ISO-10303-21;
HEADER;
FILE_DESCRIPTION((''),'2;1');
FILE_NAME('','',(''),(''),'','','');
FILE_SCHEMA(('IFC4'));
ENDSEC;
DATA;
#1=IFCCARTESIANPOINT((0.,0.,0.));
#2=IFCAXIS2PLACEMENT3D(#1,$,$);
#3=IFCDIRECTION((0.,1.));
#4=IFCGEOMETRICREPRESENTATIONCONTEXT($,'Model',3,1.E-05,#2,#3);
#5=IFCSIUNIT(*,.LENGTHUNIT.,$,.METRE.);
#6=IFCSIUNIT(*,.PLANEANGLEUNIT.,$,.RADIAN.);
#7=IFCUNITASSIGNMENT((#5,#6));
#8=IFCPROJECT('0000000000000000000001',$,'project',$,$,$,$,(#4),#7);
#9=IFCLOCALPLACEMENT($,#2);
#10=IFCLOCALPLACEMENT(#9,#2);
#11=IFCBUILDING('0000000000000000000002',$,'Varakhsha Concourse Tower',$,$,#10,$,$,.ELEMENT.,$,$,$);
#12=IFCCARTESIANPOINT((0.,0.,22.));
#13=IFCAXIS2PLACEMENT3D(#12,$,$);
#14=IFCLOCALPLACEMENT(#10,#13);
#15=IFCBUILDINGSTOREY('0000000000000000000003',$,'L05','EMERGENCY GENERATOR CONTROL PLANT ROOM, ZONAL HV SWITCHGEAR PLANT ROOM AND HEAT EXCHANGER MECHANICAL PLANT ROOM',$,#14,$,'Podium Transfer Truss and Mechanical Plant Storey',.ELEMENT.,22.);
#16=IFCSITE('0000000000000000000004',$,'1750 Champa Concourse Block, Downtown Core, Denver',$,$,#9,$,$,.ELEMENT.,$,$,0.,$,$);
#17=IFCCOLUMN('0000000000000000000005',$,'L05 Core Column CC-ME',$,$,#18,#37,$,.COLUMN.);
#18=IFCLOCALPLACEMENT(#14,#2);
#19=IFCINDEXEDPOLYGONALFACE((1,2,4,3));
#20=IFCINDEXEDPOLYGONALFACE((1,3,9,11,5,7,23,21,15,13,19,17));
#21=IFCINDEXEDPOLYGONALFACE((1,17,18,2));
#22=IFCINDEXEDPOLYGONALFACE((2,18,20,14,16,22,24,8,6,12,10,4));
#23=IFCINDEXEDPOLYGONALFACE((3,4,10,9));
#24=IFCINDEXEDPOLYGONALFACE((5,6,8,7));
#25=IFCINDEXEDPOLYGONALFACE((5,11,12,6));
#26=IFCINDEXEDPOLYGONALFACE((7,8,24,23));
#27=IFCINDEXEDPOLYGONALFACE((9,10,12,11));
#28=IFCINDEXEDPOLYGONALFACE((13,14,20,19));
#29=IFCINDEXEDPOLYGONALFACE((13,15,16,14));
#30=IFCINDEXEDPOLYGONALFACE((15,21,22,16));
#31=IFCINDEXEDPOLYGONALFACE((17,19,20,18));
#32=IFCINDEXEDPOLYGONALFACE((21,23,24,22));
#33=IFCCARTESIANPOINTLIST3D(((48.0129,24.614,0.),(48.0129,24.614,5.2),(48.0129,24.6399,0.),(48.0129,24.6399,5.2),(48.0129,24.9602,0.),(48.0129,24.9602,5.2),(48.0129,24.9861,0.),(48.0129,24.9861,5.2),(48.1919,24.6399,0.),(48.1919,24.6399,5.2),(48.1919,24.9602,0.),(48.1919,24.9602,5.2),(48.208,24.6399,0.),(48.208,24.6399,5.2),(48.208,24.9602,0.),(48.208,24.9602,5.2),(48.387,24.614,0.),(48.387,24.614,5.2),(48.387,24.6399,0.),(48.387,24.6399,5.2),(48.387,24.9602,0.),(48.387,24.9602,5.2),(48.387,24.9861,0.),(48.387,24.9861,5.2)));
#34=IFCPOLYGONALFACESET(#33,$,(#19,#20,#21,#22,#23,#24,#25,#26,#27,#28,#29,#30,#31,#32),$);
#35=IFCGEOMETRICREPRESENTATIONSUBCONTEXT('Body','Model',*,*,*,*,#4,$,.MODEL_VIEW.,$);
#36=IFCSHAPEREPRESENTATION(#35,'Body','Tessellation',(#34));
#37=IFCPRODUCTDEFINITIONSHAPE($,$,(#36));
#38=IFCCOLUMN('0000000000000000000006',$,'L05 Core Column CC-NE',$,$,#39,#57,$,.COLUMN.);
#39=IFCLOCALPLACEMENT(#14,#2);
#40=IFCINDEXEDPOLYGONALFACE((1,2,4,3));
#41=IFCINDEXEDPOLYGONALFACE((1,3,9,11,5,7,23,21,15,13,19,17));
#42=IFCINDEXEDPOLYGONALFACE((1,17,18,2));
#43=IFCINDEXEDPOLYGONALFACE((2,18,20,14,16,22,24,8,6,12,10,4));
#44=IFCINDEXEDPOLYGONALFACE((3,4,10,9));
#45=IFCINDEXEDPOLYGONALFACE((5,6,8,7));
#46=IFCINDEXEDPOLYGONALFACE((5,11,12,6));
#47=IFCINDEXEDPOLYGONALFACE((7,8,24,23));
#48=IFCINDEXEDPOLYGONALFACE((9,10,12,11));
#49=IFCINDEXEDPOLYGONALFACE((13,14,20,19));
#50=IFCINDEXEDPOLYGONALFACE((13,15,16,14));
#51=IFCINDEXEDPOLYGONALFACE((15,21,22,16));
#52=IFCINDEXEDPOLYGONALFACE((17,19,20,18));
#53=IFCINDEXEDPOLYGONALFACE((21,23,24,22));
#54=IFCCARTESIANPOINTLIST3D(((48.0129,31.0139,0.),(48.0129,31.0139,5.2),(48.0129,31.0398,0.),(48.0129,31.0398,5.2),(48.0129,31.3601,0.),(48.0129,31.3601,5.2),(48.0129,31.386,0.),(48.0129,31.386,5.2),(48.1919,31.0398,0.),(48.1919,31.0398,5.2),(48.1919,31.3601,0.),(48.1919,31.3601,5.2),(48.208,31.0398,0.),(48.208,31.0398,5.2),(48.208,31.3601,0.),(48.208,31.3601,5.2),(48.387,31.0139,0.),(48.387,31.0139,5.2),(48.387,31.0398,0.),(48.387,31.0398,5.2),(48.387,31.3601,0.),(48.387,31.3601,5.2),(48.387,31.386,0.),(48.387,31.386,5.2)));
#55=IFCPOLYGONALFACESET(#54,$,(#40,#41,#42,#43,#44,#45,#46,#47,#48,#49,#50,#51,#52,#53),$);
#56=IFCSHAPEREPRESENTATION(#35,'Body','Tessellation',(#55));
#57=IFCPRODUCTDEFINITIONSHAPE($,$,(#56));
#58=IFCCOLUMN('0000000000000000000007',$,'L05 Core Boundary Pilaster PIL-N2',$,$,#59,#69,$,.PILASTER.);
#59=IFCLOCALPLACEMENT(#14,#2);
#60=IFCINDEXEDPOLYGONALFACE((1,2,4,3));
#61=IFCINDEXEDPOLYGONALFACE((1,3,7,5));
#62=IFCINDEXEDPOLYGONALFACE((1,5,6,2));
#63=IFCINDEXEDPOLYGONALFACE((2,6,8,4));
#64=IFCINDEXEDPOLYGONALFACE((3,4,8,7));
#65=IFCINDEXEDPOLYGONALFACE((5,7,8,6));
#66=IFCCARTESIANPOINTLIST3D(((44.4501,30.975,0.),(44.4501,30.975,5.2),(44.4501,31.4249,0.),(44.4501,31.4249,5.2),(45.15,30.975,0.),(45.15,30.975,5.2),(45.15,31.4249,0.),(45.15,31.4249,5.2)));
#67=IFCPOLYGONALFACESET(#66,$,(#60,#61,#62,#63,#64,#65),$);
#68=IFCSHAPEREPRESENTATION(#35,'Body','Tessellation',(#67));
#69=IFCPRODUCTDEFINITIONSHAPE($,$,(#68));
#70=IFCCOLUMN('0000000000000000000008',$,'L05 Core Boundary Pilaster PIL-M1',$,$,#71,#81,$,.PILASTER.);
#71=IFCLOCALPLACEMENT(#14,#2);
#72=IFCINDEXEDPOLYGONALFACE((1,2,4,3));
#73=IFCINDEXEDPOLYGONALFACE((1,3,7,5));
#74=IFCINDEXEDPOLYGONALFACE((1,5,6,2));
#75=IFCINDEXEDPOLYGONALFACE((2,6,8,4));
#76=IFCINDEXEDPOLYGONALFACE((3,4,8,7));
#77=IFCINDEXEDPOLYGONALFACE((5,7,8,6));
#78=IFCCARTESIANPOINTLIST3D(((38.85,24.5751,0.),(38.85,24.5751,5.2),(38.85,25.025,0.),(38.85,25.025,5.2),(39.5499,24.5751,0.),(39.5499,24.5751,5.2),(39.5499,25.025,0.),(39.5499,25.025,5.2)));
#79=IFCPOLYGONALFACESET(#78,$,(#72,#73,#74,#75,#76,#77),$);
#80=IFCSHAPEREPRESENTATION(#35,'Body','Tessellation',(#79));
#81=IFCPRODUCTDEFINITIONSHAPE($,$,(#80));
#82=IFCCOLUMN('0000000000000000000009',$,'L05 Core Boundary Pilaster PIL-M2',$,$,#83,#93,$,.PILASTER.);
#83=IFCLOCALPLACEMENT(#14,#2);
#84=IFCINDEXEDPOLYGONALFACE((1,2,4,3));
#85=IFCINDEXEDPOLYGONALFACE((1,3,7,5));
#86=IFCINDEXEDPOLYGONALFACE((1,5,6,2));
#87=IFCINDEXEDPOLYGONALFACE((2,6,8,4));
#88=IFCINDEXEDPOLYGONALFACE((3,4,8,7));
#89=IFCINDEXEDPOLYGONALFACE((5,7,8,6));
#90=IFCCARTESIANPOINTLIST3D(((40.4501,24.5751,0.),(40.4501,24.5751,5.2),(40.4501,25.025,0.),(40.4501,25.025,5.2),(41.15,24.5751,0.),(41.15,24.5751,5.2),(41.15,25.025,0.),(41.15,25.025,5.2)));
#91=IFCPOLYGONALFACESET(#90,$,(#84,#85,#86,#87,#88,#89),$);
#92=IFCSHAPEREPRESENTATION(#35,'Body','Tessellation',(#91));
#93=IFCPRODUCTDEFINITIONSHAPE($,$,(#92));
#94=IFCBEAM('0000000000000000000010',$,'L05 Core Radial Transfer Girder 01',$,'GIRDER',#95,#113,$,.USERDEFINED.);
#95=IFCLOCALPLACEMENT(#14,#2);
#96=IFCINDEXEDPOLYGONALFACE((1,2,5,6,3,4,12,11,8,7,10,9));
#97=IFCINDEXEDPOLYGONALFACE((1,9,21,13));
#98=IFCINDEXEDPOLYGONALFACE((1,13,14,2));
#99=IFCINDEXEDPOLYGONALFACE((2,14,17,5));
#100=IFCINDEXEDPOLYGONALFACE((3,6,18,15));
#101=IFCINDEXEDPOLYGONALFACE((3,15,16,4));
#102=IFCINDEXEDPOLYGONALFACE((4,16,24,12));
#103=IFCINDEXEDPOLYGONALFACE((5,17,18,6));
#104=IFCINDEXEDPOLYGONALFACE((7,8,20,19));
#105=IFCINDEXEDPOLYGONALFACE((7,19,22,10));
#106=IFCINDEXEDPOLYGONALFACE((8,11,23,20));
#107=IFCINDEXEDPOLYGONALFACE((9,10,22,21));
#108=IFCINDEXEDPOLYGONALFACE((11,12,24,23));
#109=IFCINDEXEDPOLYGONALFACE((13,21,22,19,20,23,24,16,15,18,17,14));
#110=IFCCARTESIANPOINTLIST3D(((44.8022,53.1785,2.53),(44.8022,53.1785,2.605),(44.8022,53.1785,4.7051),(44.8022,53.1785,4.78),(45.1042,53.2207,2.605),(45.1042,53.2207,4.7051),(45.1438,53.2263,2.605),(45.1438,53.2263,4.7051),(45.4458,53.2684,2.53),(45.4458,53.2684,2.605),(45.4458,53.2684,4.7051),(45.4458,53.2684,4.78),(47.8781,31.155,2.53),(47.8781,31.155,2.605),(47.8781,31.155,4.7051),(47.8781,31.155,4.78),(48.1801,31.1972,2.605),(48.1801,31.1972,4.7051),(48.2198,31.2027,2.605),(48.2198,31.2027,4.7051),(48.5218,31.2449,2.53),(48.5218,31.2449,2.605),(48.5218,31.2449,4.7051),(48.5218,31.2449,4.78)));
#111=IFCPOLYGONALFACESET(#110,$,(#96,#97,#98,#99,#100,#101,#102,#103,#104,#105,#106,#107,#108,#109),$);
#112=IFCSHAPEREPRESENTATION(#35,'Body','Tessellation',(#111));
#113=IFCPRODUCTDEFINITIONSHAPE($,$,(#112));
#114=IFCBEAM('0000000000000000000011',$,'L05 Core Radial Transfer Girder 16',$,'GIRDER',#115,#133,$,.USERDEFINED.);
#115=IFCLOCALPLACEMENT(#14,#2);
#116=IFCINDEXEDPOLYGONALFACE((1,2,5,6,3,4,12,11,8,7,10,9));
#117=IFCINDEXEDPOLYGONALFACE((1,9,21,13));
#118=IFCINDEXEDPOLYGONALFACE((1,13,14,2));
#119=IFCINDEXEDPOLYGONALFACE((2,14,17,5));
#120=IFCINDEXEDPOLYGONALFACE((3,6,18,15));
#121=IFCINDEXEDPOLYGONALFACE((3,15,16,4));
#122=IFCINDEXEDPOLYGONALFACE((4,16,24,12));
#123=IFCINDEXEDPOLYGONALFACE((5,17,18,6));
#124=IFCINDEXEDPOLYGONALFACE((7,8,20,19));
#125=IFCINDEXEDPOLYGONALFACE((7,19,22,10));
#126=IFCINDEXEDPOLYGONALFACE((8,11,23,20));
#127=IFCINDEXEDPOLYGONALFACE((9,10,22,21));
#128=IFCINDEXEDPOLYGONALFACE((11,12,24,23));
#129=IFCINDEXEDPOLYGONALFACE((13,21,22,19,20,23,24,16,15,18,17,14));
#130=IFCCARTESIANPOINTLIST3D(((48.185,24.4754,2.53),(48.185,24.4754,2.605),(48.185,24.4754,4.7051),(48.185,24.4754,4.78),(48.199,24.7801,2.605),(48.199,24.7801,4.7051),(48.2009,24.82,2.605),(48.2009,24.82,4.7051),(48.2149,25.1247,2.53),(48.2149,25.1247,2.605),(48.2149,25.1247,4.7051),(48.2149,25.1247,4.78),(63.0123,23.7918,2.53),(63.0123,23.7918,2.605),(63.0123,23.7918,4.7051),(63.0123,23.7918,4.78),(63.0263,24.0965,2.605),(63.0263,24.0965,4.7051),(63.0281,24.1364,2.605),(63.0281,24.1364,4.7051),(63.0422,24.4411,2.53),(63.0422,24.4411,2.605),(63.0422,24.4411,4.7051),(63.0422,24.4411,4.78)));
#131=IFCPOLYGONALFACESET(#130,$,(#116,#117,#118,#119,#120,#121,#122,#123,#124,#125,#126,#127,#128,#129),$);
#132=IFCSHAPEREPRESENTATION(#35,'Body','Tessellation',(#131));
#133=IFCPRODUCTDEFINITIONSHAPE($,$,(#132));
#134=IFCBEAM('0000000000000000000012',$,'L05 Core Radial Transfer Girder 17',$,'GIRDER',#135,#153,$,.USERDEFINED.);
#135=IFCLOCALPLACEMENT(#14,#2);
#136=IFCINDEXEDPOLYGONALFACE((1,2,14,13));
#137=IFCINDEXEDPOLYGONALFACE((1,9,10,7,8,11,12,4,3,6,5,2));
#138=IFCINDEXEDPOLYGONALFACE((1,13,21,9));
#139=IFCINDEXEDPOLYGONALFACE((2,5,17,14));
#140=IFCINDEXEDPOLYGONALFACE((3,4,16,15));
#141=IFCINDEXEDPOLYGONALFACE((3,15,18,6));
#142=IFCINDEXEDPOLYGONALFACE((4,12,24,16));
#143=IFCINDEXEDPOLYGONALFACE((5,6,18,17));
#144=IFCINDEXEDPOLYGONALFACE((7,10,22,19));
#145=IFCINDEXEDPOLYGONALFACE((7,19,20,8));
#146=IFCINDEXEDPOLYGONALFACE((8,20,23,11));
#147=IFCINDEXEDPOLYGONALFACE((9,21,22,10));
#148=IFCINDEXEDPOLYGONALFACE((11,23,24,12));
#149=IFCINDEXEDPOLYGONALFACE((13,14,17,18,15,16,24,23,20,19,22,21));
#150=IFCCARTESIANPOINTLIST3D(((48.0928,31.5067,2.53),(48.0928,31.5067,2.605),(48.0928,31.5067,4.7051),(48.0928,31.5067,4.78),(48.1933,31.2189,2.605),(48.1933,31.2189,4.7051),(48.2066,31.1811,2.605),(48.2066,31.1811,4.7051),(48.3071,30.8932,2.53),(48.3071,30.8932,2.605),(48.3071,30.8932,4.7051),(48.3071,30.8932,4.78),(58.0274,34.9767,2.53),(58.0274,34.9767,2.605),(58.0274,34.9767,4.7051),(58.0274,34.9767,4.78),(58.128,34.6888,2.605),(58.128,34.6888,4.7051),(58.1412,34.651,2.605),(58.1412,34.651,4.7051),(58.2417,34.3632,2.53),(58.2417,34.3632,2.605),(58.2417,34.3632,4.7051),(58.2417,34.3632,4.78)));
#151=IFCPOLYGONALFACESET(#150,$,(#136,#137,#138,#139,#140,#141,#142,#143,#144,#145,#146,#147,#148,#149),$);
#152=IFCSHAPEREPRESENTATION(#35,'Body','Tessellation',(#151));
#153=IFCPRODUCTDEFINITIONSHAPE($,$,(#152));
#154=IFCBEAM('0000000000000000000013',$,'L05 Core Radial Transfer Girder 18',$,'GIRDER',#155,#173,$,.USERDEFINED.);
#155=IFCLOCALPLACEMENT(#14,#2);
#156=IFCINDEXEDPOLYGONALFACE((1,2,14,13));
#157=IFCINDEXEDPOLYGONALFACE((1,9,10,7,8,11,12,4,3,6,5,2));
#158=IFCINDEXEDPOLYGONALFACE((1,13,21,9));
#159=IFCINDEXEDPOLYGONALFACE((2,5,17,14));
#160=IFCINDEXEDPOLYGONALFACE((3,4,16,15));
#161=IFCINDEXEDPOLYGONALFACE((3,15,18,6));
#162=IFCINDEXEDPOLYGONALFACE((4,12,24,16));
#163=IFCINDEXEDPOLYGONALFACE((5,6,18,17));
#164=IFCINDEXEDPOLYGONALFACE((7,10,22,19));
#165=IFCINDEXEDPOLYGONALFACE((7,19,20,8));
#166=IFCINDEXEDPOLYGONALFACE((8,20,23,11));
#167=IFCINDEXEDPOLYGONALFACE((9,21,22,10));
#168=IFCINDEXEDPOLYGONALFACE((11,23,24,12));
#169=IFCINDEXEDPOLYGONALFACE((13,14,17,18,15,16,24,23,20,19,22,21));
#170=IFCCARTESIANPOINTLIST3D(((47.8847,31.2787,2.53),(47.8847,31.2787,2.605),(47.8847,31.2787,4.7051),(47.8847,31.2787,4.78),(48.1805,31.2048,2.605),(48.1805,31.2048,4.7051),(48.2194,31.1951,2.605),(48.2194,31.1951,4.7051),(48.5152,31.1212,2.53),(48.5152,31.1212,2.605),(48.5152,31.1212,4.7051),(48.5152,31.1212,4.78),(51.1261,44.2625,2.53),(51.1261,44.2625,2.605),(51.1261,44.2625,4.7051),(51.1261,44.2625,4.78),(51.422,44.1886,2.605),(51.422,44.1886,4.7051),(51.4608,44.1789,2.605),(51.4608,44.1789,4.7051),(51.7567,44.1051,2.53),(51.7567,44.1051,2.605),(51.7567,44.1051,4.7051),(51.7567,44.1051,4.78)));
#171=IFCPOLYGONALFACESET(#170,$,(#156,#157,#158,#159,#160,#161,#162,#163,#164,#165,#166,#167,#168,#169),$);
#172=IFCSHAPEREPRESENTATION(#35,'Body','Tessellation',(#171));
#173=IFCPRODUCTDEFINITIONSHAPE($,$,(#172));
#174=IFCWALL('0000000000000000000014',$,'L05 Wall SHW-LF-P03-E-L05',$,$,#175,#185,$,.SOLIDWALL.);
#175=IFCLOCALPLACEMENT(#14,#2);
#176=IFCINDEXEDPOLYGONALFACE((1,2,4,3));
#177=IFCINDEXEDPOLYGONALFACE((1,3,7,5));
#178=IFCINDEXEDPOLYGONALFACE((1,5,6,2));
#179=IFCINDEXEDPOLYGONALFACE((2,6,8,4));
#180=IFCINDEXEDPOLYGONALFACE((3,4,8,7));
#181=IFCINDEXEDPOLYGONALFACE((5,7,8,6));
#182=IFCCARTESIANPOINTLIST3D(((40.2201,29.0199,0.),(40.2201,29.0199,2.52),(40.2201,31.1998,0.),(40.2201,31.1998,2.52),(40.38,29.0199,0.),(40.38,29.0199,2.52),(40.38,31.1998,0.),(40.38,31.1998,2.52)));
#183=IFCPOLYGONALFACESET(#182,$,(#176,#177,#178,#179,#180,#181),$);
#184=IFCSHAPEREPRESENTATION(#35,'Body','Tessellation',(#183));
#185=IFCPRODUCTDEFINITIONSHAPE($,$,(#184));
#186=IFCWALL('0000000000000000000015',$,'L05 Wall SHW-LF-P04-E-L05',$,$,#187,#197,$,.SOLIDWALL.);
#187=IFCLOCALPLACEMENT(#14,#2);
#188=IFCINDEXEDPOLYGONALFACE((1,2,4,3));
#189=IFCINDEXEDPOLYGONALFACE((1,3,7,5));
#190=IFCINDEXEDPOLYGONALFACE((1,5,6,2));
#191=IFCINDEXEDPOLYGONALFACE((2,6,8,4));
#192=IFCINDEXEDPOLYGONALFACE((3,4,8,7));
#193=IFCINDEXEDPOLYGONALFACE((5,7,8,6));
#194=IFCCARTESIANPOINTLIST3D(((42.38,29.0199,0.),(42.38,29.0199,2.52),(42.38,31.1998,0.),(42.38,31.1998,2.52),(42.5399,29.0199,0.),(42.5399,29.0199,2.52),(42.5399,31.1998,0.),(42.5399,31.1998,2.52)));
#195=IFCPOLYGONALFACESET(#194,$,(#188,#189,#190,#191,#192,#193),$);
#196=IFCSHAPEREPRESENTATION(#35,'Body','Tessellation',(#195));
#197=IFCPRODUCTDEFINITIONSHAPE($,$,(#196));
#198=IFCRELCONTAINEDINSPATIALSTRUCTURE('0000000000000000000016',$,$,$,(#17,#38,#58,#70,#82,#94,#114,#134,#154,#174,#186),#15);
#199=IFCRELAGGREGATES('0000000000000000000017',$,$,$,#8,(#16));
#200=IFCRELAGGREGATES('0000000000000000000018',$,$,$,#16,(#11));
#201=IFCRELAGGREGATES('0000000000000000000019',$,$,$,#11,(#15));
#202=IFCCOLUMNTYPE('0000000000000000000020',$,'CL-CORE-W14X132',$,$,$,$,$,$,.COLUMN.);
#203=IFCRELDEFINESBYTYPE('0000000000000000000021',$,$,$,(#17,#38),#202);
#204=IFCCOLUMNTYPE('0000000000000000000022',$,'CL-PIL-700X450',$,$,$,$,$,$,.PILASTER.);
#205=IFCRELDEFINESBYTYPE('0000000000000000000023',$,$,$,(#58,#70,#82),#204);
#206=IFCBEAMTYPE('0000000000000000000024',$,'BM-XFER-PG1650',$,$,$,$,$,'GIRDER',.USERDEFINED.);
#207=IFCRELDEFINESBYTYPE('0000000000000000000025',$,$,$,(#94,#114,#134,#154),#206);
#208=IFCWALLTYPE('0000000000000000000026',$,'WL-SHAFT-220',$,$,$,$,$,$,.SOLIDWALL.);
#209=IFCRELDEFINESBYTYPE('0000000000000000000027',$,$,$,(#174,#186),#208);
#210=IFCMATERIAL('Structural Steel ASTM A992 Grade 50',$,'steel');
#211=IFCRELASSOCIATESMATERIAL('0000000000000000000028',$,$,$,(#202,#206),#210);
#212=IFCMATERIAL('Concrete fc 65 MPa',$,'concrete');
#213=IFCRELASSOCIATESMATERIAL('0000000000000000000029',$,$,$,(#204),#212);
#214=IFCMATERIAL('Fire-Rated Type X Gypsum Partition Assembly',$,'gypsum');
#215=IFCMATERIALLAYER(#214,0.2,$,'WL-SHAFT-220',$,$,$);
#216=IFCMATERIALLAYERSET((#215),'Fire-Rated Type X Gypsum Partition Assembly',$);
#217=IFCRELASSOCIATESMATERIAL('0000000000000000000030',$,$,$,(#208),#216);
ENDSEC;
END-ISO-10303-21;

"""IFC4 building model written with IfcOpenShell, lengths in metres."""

from ifc_helpers import new_model, si_unit, direction, frame, frame_2d, origin, origin_2d, place, context, subcontext, project, spatial, rectangle, i_section, extrude, material, layer, layer_set, material_profile, profile_set, type_object, element, save


model = new_model("IFC4")

# Units and contexts
model_context = context("Model", 3, precision=1e-05, world=origin(), true_north=direction((0.0, 1.0)))
body_context = subcontext(model_context, "Body", "Model", "MODEL_VIEW")
ifc_project = project(units=[si_unit("LENGTHUNIT", "METRE"), si_unit("PLANEANGLEUNIT", "RADIAN")], contexts=[model_context])

# Site, building, storey
site_placement = place(None, origin())
site = spatial("IfcSite", under=ifc_project, at=site_placement, Name="1750 Champa Concourse Block, Downtown Core, Denver", CompositionType="ELEMENT", RefElevation=0.0)
building_placement = place(site_placement, origin())
building = spatial("IfcBuilding", under=site, at=building_placement, Name="Varakhsha Concourse Tower", CompositionType="ELEMENT")
storey_placement = place(building_placement, frame((0.0, 0.0, 22.0)))
storey = spatial("IfcBuildingStorey", under=building, at=storey_placement, Name="L05", Description="EMERGENCY GENERATOR CONTROL PLANT ROOM, ZONAL HV SWITCHGEAR PLANT ROOM AND HEAT EXCHANGER MECHANICAL PLANT ROOM", LongName="Podium Transfer Truss and Mechanical Plant Storey", CompositionType="ELEMENT", Elevation=22.0)

# Columns
ifc_material_1 = material(Name="Structural Steel ASTM A992 Grade 50", Category="steel")
ifc_material_profile_1 = material_profile(ifc_material_1, i_section(OverallWidth=0.374, OverallDepth=0.3721, WebThickness=0.0161, FlangeThickness=0.0259, at=origin_2d()), Name="W14X132")
ifc_profile_set_1 = profile_set([ifc_material_profile_1], Name="Structural Steel ASTM A992 Grade 50")
column_type_1 = type_object("IfcColumnType", Name="CL-CORE-W14X132", PredefinedType="COLUMN", material=ifc_profile_set_1)
for number, where, z_axis, x_axis, name in (
    (1, (48.2, 24.8, 0.0), (0.0, 0.0, 1.0), (1.0, 0.0, 0.0), "L05 Core Column CC-ME"),
    (2, (48.2, 31.2, 0.0), (0.0, 0.0, 1.0), (1.0, 0.0, 0.0), "L05 Core Column CC-NE"),
):
    element("IfcColumn", number, at=place(storey_placement, frame(where, z_axis=z_axis, x_axis=x_axis)), inside=storey, type_object=column_type_1, Name=name, PredefinedType="COLUMN", context=body_context, shape_type="SweptSolid", body=[
        extrude(i_section(OverallWidth=0.374, OverallDepth=0.3721, WebThickness=0.0161, FlangeThickness=0.0259, at=origin_2d()), origin(), (0.0, 0.0, 1.0), 5.2),
    ])
ifc_material_2 = material(Name="Concrete fc 65 MPa", Category="concrete")
ifc_material_profile_2 = material_profile(ifc_material_2, rectangle(XDim=0.7, YDim=0.45, at=origin_2d()), Name="RC 700x450")
ifc_profile_set_2 = profile_set([ifc_material_profile_2], Name="Concrete fc 65 MPa")
column_type_2 = type_object("IfcColumnType", Name="CL-PIL-700X450", PredefinedType="PILASTER", material=ifc_profile_set_2)
for number, where, z_axis, x_axis, name in (
    (3, (44.8, 31.2, 0.0), (0.0, 0.0, 1.0), (1.0, 0.0, 0.0), "L05 Core Boundary Pilaster PIL-N2"),
    (4, (39.2, 24.8, 0.0), (0.0, 0.0, 1.0), (1.0, 0.0, 0.0), "L05 Core Boundary Pilaster PIL-M1"),
    (5, (40.8, 24.8, 0.0), (0.0, 0.0, 1.0), (1.0, 0.0, 0.0), "L05 Core Boundary Pilaster PIL-M2"),
):
    element("IfcColumn", number, at=place(storey_placement, frame(where, z_axis=z_axis, x_axis=x_axis)), inside=storey, type_object=column_type_2, Name=name, PredefinedType="PILASTER", context=body_context, shape_type="SweptSolid", body=[
        extrude(rectangle(XDim=0.7, YDim=0.45, at=origin_2d()), origin(), (0.0, 0.0, 1.0), 5.2),
    ])

# Beams
ifc_material_profile_3 = material_profile(ifc_material_1, i_section(OverallWidth=0.6499, OverallDepth=2.25, WebThickness=0.04, FlangeThickness=0.075, at=origin_2d()), Name="PG 2250x650x75x40")
ifc_profile_set_3 = profile_set([ifc_material_profile_3], Name="Structural Steel ASTM A992 Grade 50")
beam_type = type_object("IfcBeamType", Name="BM-XFER-PG1650", ElementType="GIRDER", PredefinedType="USERDEFINED", material=ifc_profile_set_3)
beam_1_placement = place(storey_placement, frame((48.2, 31.2, 3.655), z_axis=(-0.138324, 0.990387, 0.0), x_axis=(-0.990387, -0.138324, 0.0)))
element("IfcBeam", 6, at=beam_1_placement, inside=storey, type_object=beam_type, Name="L05 Core Radial Transfer Girder 01", ObjectType="GIRDER", PredefinedType="USERDEFINED", context=body_context, shape_type="SweptSolid", body=[
    extrude(i_section(OverallWidth=0.6499, OverallDepth=2.25, WebThickness=0.04, FlangeThickness=0.075, at=origin_2d()), origin(), (0.0, 0.0, 1.0), 22.2373),
])
beam_2_placement = place(storey_placement, frame((48.2, 24.8, 3.655), z_axis=(0.998939, -0.046055, 0.0), x_axis=(0.046055, 0.998939, 0.0)))
element("IfcBeam", 7, at=beam_2_placement, inside=storey, type_object=beam_type, Name="L05 Core Radial Transfer Girder 16", ObjectType="GIRDER", PredefinedType="USERDEFINED", context=body_context, shape_type="SweptSolid", body=[
    extrude(i_section(OverallWidth=0.6499, OverallDepth=2.25, WebThickness=0.04, FlangeThickness=0.075, at=origin_2d()), origin(), (0.0, 0.0, 1.0), 14.843),
])
beam_3_placement = place(storey_placement, frame((48.2, 31.2, 3.655), z_axis=(0.944069, 0.329747, 0.0), x_axis=(-0.329747, 0.944069, 0.0)))
element("IfcBeam", 8, at=beam_3_placement, inside=storey, type_object=beam_type, Name="L05 Core Radial Transfer Girder 17", ObjectType="GIRDER", PredefinedType="USERDEFINED", context=body_context, shape_type="SweptSolid", body=[
    extrude(i_section(OverallWidth=0.6499, OverallDepth=2.25, WebThickness=0.04, FlangeThickness=0.075, at=origin_2d()), origin(), (0.0, 0.0, 1.0), 10.5232),
])
beam_4_placement = place(storey_placement, frame((48.2, 31.2, 3.655), z_axis=(0.242218, 0.970222, 0.0), x_axis=(-0.970222, 0.242218, 0.0)))
element("IfcBeam", 9, at=beam_4_placement, inside=storey, type_object=beam_type, Name="L05 Core Radial Transfer Girder 18", ObjectType="GIRDER", PredefinedType="USERDEFINED", context=body_context, shape_type="SweptSolid", body=[
    extrude(i_section(OverallWidth=0.6499, OverallDepth=2.25, WebThickness=0.04, FlangeThickness=0.075, at=origin_2d()), origin(), (0.0, 0.0, 1.0), 13.3823),
])

# Walls
ifc_material_3 = material(Name="Fire-Rated Type X Gypsum Partition Assembly", Category="gypsum")
ifc_layer_1 = layer(ifc_material_3, 0.2, Name="WL-SHAFT-220")
ifc_layer_set_1 = layer_set([ifc_layer_1], Name="Fire-Rated Type X Gypsum Partition Assembly")
wall_type_1 = type_object("IfcWallType", Name="WL-SHAFT-220", PredefinedType="SOLIDWALL", material=ifc_layer_set_1)
for number, where, z_axis, x_axis, name in (
    (10, (40.3, 29.02, 0.0), (0.0, 0.0, 1.0), (0.0, 1.0, 0.0), "L05 Wall SHW-LF-P03-E-L05"),
    (11, (42.46, 29.02, 0.0), (0.0, 0.0, 1.0), (0.0, 1.0, 0.0), "L05 Wall SHW-LF-P04-E-L05"),
):
    element("IfcWall", number, at=place(storey_placement, frame(where, z_axis=z_axis, x_axis=x_axis)), inside=storey, type_object=wall_type_1, Name=name, PredefinedType="SOLIDWALL", context=body_context, shape_type="SweptSolid", body=[
        extrude(rectangle(XDim=2.1799, YDim=0.1599, at=frame_2d((1.0898, 0.0))), origin(), (0.0, 0.0, 1.0), 2.52),
    ])

save(model, "model.ifc")
